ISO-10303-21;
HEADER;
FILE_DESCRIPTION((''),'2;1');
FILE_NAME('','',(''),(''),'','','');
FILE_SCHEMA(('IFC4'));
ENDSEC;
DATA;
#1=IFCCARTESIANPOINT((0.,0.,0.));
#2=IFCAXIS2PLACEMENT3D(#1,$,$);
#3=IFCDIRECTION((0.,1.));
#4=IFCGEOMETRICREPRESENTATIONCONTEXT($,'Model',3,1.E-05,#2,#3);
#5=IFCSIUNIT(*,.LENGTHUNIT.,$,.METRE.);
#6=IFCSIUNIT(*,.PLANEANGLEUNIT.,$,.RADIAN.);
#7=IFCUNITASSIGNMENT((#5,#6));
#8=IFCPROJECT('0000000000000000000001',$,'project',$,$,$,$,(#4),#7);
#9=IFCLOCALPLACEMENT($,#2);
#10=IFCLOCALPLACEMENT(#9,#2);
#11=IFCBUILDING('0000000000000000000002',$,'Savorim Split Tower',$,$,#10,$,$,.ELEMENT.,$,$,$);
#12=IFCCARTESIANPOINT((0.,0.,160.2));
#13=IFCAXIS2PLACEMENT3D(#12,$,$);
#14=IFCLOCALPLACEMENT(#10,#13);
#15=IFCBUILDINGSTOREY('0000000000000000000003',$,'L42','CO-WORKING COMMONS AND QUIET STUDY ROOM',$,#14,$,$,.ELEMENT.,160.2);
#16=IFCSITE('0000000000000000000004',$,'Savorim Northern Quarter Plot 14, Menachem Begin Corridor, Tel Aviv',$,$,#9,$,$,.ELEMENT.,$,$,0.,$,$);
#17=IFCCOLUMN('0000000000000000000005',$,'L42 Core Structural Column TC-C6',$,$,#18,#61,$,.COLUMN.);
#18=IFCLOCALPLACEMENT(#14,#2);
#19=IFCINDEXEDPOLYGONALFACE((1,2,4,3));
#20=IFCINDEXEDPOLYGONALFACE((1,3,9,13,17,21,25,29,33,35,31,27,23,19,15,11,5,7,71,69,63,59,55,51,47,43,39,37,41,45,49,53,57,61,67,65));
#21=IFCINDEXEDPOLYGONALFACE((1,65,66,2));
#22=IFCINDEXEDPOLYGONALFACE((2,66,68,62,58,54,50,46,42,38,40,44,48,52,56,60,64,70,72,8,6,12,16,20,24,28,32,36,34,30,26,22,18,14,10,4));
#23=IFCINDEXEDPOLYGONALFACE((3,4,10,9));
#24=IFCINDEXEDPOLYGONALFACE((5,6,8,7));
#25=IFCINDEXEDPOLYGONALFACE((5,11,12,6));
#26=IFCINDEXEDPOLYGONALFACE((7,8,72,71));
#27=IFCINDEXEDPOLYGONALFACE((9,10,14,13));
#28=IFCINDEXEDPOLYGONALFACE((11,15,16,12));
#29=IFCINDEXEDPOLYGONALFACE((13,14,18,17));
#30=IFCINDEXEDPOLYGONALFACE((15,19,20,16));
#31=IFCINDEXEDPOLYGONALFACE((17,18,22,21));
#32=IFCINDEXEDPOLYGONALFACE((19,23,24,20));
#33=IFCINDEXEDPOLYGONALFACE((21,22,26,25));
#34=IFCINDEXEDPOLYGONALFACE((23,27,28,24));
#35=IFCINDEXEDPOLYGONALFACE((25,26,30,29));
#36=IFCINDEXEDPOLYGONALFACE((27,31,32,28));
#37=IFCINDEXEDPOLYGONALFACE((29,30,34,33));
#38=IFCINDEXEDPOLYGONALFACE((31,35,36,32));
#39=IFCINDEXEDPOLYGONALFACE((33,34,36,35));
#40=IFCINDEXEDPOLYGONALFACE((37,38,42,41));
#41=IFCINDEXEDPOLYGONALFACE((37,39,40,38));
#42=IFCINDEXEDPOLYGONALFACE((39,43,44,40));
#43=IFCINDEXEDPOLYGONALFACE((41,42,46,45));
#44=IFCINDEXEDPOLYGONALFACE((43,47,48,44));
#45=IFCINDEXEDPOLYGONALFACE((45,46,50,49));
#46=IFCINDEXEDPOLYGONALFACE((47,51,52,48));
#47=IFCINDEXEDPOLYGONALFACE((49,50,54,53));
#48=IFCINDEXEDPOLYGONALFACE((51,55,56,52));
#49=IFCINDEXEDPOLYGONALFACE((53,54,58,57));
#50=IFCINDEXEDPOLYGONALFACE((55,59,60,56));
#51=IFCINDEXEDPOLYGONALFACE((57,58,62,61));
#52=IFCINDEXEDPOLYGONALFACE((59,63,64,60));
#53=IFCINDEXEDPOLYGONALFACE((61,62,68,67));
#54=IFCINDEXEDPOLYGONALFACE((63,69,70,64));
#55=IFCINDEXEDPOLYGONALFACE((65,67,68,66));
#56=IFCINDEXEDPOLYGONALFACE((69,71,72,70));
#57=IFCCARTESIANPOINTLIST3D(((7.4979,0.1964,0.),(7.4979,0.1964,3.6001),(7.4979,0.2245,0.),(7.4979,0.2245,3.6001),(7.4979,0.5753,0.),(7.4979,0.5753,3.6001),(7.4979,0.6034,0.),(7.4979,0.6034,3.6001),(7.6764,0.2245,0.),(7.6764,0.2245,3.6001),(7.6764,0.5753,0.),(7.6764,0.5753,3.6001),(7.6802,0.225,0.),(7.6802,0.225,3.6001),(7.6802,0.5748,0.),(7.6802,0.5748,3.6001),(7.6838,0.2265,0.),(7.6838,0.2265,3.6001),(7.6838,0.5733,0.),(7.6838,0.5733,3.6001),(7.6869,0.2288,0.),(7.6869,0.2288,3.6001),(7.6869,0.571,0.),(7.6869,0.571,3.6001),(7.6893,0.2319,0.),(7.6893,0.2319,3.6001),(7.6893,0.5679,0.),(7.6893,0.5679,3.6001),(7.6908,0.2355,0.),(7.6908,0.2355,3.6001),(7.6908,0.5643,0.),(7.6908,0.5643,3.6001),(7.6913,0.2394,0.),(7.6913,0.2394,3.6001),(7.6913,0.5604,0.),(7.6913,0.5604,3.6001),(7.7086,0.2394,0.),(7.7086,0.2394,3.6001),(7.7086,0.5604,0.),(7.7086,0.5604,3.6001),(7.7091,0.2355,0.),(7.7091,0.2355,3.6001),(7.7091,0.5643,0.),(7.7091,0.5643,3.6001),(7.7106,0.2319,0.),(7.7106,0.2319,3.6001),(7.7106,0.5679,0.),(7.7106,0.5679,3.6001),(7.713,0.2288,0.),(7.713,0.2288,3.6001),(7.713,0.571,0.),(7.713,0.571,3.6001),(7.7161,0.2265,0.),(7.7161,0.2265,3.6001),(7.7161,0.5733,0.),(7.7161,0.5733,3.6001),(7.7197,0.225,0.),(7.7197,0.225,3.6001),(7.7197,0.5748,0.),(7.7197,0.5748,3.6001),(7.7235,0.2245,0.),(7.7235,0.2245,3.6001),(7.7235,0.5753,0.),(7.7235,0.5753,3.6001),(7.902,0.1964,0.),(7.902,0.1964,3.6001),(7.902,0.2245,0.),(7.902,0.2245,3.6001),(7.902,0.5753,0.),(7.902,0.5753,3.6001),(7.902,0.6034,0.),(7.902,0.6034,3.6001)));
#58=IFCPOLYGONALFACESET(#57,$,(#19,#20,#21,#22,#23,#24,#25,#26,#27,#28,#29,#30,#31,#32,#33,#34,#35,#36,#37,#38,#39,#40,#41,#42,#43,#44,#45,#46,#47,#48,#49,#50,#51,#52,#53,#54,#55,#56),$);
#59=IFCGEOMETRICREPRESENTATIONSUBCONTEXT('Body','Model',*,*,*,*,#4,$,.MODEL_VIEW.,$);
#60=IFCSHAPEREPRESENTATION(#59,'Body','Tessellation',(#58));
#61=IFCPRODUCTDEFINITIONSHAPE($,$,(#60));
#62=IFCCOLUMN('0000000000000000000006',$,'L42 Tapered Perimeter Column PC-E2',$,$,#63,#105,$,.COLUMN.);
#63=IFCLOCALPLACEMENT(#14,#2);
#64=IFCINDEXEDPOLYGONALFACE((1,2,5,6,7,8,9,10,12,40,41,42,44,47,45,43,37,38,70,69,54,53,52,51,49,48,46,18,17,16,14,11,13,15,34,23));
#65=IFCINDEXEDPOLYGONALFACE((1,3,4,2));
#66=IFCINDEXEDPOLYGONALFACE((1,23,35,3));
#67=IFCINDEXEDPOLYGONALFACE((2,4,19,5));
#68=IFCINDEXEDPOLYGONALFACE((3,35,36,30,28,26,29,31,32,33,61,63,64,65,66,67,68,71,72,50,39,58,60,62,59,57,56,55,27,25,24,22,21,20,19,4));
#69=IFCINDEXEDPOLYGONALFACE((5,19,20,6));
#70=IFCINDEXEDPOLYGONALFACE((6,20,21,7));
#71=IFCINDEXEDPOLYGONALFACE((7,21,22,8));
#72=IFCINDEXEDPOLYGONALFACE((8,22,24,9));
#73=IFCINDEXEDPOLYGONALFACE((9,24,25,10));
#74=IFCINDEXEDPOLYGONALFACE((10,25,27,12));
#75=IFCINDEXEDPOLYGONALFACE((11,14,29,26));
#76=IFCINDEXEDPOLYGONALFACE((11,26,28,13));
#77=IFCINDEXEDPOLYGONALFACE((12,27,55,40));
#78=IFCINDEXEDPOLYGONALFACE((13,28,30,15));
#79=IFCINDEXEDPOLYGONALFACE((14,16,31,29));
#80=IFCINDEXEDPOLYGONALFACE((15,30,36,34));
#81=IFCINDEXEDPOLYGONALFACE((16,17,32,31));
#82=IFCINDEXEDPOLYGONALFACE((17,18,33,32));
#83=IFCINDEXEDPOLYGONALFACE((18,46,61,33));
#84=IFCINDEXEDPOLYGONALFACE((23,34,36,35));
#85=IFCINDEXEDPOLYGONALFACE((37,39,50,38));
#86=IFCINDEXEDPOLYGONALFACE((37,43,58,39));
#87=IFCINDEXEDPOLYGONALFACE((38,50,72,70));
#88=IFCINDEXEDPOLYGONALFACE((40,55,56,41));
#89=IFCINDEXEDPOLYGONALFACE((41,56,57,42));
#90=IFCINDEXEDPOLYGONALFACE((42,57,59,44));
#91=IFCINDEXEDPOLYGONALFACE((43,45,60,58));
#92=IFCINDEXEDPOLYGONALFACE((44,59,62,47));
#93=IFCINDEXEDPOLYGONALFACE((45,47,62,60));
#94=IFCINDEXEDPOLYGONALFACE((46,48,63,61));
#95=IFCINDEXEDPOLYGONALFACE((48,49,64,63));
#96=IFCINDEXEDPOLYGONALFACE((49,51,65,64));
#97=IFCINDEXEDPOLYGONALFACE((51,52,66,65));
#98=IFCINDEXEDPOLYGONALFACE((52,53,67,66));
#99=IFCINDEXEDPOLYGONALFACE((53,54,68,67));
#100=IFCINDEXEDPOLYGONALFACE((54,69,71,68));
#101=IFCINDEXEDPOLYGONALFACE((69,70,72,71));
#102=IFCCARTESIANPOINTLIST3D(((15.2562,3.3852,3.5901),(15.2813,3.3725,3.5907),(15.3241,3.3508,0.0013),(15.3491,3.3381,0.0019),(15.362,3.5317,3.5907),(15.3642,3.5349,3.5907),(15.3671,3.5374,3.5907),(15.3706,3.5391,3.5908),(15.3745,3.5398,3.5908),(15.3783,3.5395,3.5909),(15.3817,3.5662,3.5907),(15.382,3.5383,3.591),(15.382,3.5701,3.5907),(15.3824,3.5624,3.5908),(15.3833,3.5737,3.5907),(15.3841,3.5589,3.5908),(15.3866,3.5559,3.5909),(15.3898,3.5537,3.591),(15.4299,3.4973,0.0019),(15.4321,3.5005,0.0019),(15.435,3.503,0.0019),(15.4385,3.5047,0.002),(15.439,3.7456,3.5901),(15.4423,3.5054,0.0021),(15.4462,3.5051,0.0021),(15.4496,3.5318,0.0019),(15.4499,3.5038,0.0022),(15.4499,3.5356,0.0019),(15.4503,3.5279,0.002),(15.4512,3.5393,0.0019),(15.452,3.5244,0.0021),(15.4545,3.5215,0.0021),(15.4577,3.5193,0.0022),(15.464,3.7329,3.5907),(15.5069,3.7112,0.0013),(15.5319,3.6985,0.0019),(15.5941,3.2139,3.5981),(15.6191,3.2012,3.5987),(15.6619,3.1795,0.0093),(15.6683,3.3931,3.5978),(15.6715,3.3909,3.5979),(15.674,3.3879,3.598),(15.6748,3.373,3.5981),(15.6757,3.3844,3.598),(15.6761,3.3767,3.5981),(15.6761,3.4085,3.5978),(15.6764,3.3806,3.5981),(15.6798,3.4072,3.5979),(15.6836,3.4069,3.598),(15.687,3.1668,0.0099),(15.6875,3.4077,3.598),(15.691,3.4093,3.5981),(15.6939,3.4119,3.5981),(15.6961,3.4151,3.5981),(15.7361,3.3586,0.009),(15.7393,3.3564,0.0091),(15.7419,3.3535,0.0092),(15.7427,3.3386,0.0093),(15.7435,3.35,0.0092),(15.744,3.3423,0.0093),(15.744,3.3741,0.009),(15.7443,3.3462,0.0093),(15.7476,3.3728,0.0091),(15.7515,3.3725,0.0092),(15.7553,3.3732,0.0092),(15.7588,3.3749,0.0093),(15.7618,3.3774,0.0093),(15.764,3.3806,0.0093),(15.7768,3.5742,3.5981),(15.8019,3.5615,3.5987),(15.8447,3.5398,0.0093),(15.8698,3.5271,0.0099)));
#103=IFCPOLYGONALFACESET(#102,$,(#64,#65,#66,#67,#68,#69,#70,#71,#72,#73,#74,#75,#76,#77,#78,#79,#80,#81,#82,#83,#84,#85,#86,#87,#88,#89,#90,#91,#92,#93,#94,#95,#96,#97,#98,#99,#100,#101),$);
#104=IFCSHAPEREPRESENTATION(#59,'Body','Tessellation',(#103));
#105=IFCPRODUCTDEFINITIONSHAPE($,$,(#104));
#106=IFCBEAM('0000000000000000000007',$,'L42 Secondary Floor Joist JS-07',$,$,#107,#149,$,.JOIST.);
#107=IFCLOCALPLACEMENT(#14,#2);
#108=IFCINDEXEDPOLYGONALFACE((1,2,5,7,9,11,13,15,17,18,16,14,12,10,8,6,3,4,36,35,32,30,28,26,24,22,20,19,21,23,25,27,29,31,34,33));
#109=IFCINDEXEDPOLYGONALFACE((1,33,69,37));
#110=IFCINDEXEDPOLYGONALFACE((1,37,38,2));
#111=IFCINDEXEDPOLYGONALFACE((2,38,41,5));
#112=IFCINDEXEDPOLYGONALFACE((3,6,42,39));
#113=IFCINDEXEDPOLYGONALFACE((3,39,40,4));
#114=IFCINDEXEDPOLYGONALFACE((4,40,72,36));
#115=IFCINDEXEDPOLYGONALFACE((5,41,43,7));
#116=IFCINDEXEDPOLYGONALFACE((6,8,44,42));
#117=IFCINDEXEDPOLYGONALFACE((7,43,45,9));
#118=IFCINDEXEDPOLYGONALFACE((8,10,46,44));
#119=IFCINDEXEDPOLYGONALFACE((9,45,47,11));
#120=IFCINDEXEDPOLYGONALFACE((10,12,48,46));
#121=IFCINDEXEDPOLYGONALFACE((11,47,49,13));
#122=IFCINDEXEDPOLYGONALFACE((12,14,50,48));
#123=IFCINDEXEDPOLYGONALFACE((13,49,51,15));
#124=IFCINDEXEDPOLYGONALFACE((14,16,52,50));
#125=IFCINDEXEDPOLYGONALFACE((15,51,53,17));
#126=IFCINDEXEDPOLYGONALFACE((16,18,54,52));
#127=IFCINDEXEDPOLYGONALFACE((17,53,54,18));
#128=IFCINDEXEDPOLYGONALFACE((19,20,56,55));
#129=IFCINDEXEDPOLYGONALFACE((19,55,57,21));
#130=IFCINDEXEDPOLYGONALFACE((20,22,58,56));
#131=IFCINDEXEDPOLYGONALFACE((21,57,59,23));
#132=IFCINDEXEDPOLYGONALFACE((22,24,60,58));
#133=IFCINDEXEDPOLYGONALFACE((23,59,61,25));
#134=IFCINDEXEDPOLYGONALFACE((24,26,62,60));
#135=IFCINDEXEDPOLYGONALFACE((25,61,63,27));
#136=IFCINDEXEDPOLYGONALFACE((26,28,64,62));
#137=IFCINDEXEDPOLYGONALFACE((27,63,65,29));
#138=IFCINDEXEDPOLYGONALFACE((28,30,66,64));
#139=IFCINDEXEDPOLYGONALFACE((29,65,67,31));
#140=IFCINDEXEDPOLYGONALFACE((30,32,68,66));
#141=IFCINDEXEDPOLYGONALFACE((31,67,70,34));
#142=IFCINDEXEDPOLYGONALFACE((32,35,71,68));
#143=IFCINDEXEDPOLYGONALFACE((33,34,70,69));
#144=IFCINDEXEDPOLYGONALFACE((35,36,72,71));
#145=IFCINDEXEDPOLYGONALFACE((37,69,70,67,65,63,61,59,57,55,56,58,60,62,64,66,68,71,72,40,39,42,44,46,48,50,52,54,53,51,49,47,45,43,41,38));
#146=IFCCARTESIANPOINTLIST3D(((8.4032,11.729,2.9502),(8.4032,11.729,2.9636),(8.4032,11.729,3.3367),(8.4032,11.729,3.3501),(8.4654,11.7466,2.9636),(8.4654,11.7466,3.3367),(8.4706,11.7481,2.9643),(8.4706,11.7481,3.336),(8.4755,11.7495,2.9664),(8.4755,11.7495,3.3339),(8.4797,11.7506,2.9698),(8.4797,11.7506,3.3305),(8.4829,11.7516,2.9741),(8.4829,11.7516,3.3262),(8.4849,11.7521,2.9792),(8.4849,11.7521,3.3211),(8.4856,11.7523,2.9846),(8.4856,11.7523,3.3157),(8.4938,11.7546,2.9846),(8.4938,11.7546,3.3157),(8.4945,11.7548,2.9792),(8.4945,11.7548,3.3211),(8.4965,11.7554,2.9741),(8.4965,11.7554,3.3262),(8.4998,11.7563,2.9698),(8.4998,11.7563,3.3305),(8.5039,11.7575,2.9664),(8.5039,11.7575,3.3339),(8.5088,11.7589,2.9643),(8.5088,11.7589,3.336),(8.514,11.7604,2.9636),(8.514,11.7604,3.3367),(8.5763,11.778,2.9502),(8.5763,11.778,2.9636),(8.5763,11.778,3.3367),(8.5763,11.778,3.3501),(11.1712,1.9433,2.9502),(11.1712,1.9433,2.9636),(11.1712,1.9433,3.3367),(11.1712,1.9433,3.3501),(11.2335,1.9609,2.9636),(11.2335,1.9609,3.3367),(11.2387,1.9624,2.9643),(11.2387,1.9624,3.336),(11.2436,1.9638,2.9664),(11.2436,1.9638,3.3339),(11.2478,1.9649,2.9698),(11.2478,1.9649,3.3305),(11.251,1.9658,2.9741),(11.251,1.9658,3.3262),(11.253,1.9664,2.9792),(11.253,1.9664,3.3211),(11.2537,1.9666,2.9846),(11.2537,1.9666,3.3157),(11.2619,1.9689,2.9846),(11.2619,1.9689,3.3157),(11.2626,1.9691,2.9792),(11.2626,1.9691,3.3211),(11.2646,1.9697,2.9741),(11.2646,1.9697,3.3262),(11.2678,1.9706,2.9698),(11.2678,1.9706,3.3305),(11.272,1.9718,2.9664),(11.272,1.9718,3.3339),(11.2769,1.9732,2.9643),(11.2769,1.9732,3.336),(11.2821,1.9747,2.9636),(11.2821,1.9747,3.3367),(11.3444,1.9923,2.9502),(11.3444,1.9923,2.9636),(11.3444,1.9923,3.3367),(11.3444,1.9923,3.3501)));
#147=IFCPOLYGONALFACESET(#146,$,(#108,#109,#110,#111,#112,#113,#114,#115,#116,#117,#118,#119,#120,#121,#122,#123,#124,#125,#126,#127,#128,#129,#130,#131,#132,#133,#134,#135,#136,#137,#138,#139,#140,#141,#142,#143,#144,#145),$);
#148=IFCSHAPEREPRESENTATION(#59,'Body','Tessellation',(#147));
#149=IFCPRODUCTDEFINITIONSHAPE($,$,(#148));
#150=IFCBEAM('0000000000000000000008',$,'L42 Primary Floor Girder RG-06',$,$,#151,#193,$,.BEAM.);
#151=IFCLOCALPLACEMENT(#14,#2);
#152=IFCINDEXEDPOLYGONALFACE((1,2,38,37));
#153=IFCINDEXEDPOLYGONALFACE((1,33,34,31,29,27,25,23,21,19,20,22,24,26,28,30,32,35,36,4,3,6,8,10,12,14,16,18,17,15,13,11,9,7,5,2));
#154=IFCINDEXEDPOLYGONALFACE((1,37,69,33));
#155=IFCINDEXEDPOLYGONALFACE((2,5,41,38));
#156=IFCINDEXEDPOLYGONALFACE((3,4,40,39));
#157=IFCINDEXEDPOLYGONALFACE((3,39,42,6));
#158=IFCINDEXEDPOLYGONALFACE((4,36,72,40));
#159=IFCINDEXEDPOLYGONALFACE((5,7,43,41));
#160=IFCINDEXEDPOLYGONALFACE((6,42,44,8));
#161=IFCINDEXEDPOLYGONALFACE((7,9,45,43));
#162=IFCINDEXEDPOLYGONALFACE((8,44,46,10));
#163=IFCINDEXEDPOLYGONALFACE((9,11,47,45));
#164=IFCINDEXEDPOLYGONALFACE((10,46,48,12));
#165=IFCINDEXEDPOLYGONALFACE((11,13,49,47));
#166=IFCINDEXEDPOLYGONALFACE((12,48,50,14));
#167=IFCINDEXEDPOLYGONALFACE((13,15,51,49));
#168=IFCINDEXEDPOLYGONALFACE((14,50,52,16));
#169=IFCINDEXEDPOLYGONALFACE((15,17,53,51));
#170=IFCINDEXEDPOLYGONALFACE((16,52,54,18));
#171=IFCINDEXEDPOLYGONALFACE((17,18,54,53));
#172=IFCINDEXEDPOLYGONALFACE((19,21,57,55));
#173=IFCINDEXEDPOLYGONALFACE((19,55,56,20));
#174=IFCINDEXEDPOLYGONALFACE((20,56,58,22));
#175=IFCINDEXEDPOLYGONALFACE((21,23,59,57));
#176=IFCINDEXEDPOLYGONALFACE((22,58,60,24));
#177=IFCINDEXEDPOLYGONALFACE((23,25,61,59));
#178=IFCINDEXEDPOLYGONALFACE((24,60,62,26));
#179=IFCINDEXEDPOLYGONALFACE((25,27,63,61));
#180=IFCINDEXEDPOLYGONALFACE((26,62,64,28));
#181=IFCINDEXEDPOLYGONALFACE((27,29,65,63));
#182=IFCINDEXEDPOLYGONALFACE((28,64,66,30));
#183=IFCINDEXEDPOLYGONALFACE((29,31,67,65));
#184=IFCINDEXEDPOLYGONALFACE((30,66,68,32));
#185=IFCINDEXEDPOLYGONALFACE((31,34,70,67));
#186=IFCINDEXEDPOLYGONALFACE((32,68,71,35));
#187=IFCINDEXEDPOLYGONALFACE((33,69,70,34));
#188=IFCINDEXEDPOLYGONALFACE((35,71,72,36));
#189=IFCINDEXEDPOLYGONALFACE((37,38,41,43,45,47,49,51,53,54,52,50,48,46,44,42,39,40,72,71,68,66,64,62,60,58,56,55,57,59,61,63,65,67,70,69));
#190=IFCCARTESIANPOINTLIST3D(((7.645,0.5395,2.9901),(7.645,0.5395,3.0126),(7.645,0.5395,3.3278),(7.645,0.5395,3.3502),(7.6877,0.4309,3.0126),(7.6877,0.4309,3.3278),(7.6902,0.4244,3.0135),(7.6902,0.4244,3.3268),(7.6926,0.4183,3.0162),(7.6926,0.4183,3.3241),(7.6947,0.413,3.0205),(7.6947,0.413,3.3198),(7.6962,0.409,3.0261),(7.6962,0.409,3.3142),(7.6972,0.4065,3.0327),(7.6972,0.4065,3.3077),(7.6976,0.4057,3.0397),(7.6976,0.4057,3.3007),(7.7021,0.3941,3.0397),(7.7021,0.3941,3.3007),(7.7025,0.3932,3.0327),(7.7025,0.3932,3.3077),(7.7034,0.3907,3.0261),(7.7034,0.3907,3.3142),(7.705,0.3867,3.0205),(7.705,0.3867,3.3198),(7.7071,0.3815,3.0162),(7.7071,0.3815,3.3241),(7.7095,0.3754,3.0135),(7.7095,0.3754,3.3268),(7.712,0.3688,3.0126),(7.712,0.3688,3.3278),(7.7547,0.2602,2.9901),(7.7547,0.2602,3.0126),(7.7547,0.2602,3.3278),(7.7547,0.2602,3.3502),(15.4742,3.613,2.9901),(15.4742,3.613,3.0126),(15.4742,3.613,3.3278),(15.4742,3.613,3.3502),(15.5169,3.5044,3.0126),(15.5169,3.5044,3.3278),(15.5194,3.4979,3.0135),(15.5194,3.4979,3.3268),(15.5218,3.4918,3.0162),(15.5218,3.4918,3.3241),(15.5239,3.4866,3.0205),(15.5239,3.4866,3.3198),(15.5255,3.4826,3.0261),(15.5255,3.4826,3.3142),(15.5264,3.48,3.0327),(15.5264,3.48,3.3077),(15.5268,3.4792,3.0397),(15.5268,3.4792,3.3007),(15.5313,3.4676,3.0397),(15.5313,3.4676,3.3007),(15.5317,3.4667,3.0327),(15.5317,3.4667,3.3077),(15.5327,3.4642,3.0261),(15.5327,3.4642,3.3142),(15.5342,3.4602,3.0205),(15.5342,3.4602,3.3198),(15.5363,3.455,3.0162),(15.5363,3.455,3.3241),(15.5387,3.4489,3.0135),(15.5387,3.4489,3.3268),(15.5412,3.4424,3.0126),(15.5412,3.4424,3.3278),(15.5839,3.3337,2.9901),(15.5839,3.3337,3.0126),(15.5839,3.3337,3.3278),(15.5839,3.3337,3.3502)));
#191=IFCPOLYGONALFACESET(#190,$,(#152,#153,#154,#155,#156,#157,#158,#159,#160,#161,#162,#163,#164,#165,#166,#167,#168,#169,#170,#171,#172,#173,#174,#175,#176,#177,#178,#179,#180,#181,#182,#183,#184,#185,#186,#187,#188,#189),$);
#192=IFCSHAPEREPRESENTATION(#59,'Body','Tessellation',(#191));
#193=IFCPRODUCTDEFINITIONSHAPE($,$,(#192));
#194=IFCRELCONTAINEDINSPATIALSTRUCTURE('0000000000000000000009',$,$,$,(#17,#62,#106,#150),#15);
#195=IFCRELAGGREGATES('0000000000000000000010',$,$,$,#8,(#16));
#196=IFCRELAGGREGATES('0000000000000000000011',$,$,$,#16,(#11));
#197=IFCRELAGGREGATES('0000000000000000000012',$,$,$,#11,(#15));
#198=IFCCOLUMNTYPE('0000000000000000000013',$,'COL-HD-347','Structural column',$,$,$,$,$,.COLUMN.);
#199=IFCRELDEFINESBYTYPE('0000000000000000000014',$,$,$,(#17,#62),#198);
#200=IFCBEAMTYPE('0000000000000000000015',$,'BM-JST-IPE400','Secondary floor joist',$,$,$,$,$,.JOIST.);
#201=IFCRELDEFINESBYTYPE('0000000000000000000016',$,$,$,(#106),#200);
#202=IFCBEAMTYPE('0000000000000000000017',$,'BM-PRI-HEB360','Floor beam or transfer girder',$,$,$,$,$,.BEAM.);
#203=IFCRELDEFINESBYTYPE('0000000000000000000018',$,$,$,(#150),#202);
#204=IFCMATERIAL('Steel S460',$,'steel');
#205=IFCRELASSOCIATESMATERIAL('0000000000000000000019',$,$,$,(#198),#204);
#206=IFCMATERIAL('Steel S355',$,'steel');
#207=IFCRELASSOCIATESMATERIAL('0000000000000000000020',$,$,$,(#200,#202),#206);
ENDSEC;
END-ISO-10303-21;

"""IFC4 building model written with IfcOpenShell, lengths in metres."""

from ifc_helpers import new_model, si_unit, direction, frame, origin, origin_2d, place, context, subcontext, project, spatial, i_section, extrude, material, material_profile, profile_set, type_object, element, save


model = new_model("IFC4")

# Units and contexts
model_context = context("Model", 3, precision=1e-05, world=origin(), true_north=direction((0.0, 1.0)))
body_context = subcontext(model_context, "Body", "Model", "MODEL_VIEW")
ifc_project = project(units=[si_unit("LENGTHUNIT", "METRE"), si_unit("PLANEANGLEUNIT", "RADIAN")], contexts=[model_context])

# Site, building, storey
site_placement = place(None, origin())
site = spatial("IfcSite", under=ifc_project, at=site_placement, Name="Savorim Northern Quarter Plot 14, Menachem Begin Corridor, Tel Aviv", CompositionType="ELEMENT", RefElevation=0.0)
building_placement = place(site_placement, origin())
building = spatial("IfcBuilding", under=site, at=building_placement, Name="Savorim Split Tower", CompositionType="ELEMENT")
storey_placement = place(building_placement, frame((0.0, 0.0, 160.2)))
storey = spatial("IfcBuildingStorey", under=building, at=storey_placement, Name="L42", Description="CO-WORKING COMMONS AND QUIET STUDY ROOM", CompositionType="ELEMENT", Elevation=160.2)

# Columns
ifc_material_1 = material(Name="Steel S460", Category="steel")
ifc_material_profile_1 = material_profile(ifc_material_1, i_section(OverallWidth=0.4041, OverallDepth=0.407, WebThickness=0.0173, FlangeThickness=0.0281, FilletRadius=0.0149, at=origin_2d()), Name="HD 400x347")
ifc_profile_set_1 = profile_set([ifc_material_profile_1], Name="Steel S460")
column_type = type_object("IfcColumnType", Name="COL-HD-347", Description="Structural column", PredefinedType="COLUMN", material=ifc_profile_set_1)
column_1_placement = place(storey_placement, frame((7.7, 0.3999, 0.0), z_axis=(0.0, 0.0, 1.0), x_axis=(1.0, 0.0, 0.0)))
element("IfcColumn", 1, at=column_1_placement, inside=storey, type_object=column_type, Name="L42 Core Structural Column TC-C6", PredefinedType="COLUMN", context=body_context, shape_type="SweptSolid", body=[
    extrude(i_section(OverallWidth=0.4041, OverallDepth=0.407, WebThickness=0.0173, FlangeThickness=0.0281, FilletRadius=0.0149, at=origin_2d()), origin(), (0.0, 0.0, 1.0), 3.6001),
])
column_2_placement = place(storey_placement, frame((15.5969, 3.439, 0.0056), z_axis=(-0.018907, 0.00959, 0.999775), x_axis=(-0.452339, -0.891846, 0.0)))
element("IfcColumn", 2, at=column_2_placement, inside=storey, type_object=column_type, Name="L42 Tapered Perimeter Column PC-E2", PredefinedType="COLUMN", context=body_context, shape_type="SweptSolid", body=[
    extrude(i_section(OverallWidth=0.4041, OverallDepth=0.407, WebThickness=0.0173, FlangeThickness=0.0281, FilletRadius=0.0149, at=origin_2d()), origin(), (0.0, 0.0, 1.0), 3.5896),
])

# Beams
ifc_material_2 = material(Name="Steel S355", Category="steel")
ifc_material_profile_2 = material_profile(ifc_material_2, i_section(OverallWidth=0.1799, OverallDepth=0.3999, WebThickness=0.0085, FlangeThickness=0.0134, FilletRadius=0.021, at=origin_2d()), Name="IPE 400")
ifc_profile_set_2 = profile_set([ifc_material_profile_2], Name="Steel S355")
beam_type_1 = type_object("IfcBeamType", Name="BM-JST-IPE400", Description="Secondary floor joist", PredefinedType="JOIST", material=ifc_profile_set_2)
beam_1_placement = place(storey_placement, frame((11.2578, 1.9678, 3.1501), z_axis=(-0.27219, 0.962244, 0.0), x_axis=(-0.962244, -0.27219, 0.0)))
element("IfcBeam", 3, at=beam_1_placement, inside=storey, type_object=beam_type_1, Name="L42 Secondary Floor Joist JS-07", PredefinedType="JOIST", context=body_context, shape_type="SweptSolid", body=[
    extrude(i_section(OverallWidth=0.1799, OverallDepth=0.3999, WebThickness=0.0085, FlangeThickness=0.0134, FilletRadius=0.021, at=origin_2d()), origin(), (0.0, 0.0, 1.0), 10.1697),
])
ifc_material_profile_3 = material_profile(ifc_material_2, i_section(OverallWidth=0.3, OverallDepth=0.3601, WebThickness=0.0125, FlangeThickness=0.0225, FilletRadius=0.0271, at=origin_2d()), Name="HEB 360")
ifc_profile_set_3 = profile_set([ifc_material_profile_3], Name="Steel S355")
beam_type_2 = type_object("IfcBeamType", Name="BM-PRI-HEB360", Description="Floor beam or transfer girder", PredefinedType="BEAM", material=ifc_profile_set_3)
beam_2_placement = place(storey_placement, frame((15.5291, 3.4734, 3.1702), z_axis=(-0.930842, -0.365422, 0.0), x_axis=(0.365422, -0.930842, 0.0)))
element("IfcBeam", 4, at=beam_2_placement, inside=storey, type_object=beam_type_2, Name="L42 Primary Floor Girder RG-06", PredefinedType="BEAM", context=body_context, shape_type="SweptSolid", body=[
    extrude(i_section(OverallWidth=0.3, OverallDepth=0.3601, WebThickness=0.0125, FlangeThickness=0.0225, FilletRadius=0.0271, at=origin_2d()), origin(), (0.0, 0.0, 1.0), 8.4109),
])

save(model, "model.ifc")
